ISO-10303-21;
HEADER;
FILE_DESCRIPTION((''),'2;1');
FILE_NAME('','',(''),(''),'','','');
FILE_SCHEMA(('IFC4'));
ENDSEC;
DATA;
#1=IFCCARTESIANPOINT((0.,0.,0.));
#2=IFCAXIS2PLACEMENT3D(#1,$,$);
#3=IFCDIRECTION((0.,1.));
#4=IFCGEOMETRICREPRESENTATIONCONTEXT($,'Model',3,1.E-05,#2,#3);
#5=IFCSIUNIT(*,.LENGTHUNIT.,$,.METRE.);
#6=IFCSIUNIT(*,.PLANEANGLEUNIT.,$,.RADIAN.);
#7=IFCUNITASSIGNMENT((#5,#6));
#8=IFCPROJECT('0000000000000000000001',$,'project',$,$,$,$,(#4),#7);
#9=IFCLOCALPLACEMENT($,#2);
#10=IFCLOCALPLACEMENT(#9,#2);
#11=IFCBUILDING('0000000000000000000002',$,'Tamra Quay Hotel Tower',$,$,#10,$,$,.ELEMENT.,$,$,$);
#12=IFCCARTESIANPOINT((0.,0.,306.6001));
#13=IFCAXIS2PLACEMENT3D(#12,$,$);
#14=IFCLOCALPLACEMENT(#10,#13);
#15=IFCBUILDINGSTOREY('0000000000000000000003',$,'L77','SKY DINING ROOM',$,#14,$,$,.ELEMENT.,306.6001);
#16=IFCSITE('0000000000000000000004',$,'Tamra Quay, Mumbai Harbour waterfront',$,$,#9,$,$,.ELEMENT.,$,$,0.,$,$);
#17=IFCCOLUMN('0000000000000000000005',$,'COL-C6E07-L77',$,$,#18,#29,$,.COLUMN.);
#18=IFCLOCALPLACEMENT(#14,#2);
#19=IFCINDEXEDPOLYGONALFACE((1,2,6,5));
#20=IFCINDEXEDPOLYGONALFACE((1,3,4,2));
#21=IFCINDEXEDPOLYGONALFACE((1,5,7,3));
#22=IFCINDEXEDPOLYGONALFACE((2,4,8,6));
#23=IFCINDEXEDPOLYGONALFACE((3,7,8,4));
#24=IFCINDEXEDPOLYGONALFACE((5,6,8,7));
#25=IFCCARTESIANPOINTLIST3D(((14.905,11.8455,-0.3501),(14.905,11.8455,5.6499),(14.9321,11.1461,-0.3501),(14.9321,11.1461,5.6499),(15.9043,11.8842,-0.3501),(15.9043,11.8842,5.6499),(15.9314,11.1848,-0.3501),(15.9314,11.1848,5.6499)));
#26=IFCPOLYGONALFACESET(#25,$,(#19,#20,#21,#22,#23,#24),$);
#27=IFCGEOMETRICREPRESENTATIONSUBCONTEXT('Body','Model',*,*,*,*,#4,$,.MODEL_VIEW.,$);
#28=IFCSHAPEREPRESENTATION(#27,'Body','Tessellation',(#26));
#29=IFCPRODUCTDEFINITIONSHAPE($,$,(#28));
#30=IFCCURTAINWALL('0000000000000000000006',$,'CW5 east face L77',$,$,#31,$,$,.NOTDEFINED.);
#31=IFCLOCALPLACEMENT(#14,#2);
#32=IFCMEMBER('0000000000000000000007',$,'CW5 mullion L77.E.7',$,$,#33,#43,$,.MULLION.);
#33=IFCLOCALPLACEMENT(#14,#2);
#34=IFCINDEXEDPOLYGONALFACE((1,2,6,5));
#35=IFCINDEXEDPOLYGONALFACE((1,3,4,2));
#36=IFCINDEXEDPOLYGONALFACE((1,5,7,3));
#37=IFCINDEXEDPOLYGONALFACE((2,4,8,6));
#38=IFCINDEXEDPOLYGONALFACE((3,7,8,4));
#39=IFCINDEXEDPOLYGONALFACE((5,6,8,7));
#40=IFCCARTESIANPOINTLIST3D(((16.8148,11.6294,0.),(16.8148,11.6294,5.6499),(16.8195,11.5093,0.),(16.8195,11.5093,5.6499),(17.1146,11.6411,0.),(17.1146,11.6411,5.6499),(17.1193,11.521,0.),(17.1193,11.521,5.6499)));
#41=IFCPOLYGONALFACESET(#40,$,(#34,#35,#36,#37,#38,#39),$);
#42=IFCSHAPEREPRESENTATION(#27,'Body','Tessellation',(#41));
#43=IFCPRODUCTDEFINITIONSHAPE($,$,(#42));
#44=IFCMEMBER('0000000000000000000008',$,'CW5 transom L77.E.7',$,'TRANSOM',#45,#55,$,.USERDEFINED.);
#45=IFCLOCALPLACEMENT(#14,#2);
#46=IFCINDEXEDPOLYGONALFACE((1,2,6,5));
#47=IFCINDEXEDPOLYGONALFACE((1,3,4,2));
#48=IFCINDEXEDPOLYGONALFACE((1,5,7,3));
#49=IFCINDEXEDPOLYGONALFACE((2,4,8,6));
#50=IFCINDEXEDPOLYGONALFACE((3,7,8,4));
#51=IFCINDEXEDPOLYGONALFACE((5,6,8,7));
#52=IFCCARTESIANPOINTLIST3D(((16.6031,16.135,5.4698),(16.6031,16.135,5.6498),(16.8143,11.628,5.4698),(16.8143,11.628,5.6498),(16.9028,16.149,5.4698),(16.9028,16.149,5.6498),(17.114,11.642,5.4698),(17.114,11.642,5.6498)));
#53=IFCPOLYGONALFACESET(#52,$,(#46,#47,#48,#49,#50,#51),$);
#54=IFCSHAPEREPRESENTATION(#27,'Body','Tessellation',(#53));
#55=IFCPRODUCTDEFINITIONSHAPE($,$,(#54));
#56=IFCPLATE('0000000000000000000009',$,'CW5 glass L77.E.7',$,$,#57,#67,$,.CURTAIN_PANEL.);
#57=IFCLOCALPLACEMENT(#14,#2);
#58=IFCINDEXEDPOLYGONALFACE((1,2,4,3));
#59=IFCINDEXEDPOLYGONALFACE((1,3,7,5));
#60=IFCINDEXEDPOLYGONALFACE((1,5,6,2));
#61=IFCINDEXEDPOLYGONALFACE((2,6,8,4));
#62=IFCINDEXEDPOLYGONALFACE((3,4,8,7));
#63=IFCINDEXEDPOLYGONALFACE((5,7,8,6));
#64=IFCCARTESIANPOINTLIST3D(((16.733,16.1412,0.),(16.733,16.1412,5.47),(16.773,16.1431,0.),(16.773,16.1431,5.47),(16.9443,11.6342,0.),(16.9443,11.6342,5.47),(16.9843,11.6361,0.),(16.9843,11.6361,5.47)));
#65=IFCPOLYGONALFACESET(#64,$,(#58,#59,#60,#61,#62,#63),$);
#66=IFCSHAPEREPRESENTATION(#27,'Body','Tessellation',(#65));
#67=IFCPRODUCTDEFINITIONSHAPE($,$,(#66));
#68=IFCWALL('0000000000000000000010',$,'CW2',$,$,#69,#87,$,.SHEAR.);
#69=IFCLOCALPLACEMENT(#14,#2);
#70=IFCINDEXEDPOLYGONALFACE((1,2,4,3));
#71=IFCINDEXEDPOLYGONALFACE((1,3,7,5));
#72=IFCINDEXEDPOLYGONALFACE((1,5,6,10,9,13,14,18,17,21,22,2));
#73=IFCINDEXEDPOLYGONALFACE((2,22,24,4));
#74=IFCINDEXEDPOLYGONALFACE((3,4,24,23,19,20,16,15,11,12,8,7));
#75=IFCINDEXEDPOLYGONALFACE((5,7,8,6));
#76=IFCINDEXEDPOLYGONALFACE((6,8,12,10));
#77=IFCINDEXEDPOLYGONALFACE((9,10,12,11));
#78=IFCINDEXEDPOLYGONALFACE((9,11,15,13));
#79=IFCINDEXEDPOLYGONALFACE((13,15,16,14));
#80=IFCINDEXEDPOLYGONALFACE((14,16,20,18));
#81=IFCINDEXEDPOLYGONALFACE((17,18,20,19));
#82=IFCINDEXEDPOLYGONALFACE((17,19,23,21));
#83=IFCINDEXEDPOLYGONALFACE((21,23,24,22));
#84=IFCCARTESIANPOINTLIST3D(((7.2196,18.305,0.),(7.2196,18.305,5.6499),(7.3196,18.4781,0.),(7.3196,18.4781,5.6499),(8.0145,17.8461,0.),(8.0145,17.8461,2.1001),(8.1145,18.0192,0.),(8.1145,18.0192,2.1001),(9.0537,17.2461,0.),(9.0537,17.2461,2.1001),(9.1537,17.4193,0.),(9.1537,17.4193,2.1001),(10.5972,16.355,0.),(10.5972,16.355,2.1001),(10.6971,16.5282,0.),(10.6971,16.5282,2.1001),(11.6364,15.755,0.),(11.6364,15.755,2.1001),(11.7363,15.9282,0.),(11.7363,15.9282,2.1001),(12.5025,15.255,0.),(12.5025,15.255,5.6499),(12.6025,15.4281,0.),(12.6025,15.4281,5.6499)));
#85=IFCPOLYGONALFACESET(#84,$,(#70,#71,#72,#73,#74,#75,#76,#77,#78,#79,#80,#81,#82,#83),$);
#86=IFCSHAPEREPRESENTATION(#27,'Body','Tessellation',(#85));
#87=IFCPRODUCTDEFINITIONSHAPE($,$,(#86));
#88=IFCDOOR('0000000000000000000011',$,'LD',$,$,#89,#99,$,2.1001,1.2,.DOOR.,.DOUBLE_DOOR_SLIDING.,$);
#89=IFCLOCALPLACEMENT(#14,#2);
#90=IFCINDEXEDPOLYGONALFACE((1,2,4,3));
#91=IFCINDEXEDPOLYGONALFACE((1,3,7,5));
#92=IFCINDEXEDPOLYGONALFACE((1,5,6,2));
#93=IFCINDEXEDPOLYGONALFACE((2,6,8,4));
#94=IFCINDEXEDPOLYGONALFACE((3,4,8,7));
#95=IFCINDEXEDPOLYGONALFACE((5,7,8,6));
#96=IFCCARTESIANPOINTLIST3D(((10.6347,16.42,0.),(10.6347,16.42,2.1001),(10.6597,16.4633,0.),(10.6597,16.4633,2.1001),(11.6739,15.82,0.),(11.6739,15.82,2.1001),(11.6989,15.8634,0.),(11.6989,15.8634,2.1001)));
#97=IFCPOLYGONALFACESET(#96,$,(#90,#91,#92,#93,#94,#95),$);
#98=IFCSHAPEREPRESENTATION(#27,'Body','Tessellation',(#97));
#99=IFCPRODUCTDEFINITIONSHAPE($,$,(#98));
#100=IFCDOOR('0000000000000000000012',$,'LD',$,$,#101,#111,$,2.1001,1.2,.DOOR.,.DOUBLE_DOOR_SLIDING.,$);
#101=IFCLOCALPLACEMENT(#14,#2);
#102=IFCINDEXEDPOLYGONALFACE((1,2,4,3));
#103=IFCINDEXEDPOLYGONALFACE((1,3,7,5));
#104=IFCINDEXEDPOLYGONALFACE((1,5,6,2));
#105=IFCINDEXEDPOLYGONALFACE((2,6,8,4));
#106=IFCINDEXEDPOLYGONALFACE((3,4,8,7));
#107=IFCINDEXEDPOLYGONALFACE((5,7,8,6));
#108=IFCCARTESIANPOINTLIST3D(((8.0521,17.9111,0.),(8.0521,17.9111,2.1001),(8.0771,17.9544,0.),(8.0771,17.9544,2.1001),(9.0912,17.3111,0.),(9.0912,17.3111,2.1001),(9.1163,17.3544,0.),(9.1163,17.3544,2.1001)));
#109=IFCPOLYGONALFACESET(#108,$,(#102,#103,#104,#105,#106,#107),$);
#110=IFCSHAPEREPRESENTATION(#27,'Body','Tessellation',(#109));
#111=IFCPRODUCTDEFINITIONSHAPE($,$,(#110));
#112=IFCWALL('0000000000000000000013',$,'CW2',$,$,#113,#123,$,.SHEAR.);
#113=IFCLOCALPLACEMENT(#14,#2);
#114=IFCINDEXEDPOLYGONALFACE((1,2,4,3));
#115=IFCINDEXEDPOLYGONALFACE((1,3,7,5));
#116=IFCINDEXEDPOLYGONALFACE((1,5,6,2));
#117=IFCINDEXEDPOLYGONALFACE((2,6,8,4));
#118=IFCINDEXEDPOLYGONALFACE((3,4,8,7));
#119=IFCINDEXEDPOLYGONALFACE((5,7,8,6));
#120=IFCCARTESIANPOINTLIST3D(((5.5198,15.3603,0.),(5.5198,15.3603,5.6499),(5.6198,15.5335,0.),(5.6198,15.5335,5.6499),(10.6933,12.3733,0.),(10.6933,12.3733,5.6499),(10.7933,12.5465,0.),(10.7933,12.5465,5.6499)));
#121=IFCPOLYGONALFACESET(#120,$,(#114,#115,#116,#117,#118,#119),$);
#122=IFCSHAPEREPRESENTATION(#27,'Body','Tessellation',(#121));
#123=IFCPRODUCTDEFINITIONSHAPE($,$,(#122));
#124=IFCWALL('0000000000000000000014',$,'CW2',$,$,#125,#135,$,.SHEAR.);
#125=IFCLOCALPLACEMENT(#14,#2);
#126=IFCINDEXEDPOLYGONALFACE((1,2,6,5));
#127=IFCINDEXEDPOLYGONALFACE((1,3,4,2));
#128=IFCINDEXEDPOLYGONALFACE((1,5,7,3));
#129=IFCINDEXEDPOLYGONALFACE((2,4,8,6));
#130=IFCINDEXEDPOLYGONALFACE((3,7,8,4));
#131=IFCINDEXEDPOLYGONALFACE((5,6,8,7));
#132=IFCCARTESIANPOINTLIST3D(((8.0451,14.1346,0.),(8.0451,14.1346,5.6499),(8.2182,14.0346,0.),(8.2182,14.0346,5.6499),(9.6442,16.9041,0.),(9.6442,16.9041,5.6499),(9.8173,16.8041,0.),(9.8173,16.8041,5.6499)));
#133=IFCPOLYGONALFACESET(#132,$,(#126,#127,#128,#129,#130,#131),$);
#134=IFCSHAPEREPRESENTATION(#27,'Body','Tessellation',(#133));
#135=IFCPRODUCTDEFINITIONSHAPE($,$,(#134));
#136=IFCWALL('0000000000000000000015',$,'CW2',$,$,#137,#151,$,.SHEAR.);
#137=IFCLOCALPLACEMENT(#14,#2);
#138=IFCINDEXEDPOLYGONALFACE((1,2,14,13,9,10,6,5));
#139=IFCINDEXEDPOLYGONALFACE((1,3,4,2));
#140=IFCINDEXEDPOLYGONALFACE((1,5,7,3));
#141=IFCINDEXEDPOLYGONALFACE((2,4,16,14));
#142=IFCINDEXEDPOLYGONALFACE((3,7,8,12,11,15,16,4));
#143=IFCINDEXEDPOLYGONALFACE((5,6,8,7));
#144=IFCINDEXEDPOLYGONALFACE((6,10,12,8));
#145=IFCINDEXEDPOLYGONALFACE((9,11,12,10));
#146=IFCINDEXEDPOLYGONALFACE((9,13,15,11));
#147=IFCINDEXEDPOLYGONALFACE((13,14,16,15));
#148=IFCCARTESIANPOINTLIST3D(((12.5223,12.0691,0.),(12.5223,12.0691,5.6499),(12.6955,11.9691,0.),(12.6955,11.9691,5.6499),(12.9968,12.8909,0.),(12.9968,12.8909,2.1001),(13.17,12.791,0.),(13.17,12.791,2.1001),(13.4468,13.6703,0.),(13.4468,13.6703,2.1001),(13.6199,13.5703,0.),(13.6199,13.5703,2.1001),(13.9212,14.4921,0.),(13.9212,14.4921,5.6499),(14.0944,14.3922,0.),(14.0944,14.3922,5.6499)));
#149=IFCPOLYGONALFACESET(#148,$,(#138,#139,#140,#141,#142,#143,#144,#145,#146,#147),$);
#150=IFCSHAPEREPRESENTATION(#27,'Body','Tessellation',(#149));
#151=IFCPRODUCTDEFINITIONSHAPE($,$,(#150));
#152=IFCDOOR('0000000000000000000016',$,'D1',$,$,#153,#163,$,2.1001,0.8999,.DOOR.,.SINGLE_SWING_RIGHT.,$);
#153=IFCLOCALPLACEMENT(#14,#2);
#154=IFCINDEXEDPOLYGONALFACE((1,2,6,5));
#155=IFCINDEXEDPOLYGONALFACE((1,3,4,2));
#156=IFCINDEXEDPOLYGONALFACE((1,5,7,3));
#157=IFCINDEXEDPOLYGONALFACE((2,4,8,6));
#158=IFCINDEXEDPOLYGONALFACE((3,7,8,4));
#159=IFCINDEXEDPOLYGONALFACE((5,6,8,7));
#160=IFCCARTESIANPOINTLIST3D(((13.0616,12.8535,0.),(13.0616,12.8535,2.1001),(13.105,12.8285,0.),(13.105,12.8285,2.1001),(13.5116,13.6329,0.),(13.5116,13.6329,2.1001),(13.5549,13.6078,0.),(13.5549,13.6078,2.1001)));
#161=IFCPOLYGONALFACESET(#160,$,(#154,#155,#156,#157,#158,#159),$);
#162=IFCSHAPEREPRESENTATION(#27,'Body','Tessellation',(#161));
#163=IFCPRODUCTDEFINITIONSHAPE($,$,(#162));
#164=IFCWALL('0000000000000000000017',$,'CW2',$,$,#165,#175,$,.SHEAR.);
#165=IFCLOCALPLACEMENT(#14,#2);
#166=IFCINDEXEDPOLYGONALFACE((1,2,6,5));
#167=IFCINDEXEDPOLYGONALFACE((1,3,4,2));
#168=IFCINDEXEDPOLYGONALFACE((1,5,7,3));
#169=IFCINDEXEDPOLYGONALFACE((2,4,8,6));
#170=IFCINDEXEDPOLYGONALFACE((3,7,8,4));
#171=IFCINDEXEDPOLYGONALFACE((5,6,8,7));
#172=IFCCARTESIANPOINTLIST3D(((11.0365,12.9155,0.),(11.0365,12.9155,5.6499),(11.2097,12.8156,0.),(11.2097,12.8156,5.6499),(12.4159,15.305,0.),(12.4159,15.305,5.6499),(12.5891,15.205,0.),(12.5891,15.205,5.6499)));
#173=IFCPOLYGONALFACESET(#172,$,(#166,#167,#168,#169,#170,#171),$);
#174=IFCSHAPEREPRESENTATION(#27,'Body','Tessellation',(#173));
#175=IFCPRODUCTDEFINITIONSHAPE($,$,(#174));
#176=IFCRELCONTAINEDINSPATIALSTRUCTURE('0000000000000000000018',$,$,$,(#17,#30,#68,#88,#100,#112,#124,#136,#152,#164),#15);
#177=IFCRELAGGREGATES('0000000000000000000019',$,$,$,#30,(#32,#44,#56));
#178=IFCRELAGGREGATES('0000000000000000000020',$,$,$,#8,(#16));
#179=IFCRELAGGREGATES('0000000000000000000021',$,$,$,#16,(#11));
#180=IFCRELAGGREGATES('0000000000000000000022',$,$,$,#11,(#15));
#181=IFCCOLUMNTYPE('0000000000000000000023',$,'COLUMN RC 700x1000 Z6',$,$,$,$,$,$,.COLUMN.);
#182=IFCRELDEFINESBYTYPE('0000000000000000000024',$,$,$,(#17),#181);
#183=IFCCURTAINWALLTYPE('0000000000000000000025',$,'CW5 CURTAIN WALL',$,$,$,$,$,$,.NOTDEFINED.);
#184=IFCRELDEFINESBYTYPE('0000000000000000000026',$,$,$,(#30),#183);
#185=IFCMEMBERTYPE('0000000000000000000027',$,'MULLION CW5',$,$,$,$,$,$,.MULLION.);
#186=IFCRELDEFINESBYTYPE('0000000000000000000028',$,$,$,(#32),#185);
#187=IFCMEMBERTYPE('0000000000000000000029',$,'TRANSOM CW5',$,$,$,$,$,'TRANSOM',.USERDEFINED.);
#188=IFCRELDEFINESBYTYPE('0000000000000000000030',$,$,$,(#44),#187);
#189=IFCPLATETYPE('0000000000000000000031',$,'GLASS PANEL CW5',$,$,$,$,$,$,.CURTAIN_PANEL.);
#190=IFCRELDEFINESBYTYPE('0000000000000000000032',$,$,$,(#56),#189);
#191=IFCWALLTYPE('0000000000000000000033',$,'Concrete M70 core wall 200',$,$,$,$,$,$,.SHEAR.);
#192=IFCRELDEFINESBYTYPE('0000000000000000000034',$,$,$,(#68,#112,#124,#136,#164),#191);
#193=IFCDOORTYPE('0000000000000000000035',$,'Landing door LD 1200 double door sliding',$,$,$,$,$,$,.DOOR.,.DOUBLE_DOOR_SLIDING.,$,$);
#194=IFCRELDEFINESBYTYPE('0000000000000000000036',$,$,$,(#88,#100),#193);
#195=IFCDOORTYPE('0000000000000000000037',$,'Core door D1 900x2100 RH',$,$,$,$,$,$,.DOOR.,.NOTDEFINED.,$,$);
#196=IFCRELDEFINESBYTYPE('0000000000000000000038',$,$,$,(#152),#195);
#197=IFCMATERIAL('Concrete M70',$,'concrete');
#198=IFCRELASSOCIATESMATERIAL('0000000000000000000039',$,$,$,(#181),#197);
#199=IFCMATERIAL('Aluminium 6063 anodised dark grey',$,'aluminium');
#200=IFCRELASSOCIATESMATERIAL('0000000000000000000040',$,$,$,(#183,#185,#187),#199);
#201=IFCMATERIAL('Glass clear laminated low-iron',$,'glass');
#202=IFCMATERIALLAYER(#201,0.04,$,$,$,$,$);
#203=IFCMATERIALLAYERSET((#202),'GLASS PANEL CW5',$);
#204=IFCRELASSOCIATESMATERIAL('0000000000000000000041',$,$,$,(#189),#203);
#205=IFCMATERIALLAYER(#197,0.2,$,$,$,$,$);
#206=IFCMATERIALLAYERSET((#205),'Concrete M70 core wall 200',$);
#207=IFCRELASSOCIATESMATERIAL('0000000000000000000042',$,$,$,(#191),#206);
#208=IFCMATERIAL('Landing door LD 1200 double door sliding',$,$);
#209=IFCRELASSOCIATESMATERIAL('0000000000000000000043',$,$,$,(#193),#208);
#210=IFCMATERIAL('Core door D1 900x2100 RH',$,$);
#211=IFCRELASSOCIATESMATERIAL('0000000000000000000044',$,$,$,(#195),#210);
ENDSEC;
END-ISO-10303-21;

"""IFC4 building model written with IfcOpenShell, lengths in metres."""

from ifc_helpers import new_model, si_unit, direction, frame, frame_2d, origin, origin_2d, place, context, subcontext, project, spatial, rectangle, extrude, material, layer, layer_set, material_profile, profile_set, type_object, element, fill, aggregate, save


model = new_model("IFC4")

# Units and contexts
model_context = context("Model", 3, precision=1e-05, world=origin(), true_north=direction((0.0, 1.0)))
body_context = subcontext(model_context, "Body", "Model", "MODEL_VIEW")
ifc_project = project(units=[si_unit("LENGTHUNIT", "METRE"), si_unit("PLANEANGLEUNIT", "RADIAN")], contexts=[model_context])

# Site, building, storey
site_placement = place(None, origin())
site = spatial("IfcSite", under=ifc_project, at=site_placement, Name="Tamra Quay, Mumbai Harbour waterfront", CompositionType="ELEMENT", RefElevation=0.0)
building_placement = place(site_placement, origin())
building = spatial("IfcBuilding", under=site, at=building_placement, Name="Tamra Quay Hotel Tower", CompositionType="ELEMENT")
storey_placement = place(building_placement, frame((0.0, 0.0, 306.6001)))
storey = spatial("IfcBuildingStorey", under=building, at=storey_placement, Name="L77", Description="SKY DINING ROOM", CompositionType="ELEMENT", Elevation=306.6001)

# Column
ifc_material_1 = material(Name="Concrete M70", Category="concrete")
ifc_material_profile_1 = material_profile(ifc_material_1, rectangle(XDim=1.0, YDim=0.7, at=origin_2d()), Name="COLUMN RC 700x1000 Z6")
ifc_profile_set_1 = profile_set([ifc_material_profile_1], Name="Concrete M70")
column_type = type_object("IfcColumnType", Name="COLUMN RC 700x1000 Z6", PredefinedType="COLUMN", material=ifc_profile_set_1)
column_placement = place(storey_placement, frame((15.4182, 11.5151, -0.3501), z_axis=(0.0, 0.0, 1.0), x_axis=(0.999251, 0.038691, 0.0)))
element("IfcColumn", 1, at=column_placement, inside=storey, type_object=column_type, Name="COL-C6E07-L77", PredefinedType="COLUMN", context=body_context, shape_type="SweptSolid", body=[
    extrude(rectangle(XDim=1.0, YDim=0.7, at=origin_2d()), origin(), (0.0, 0.0, 1.0), 6.0),
])

# Curtain wall, members, plate
ifc_material_2 = material(Name="Aluminium 6063 anodised dark grey", Category="aluminium")
curtain_wall_type = type_object("IfcCurtainWallType", Name="CW5 CURTAIN WALL", PredefinedType="NOTDEFINED", material=ifc_material_2)
curtain_wall_placement = place(storey_placement, origin())
curtain_wall = element("IfcCurtainWall", 2, at=curtain_wall_placement, inside=storey, type_object=curtain_wall_type, Name="CW5 east face L77", PredefinedType="NOTDEFINED")
ifc_material_profile_2 = material_profile(ifc_material_2, rectangle(XDim=0.3, YDim=0.1201, at=origin_2d()), Name="MULLION 120X300")
ifc_profile_set_2 = profile_set([ifc_material_profile_2], Name="Aluminium 6063 anodised dark grey")
member_type_1 = type_object("IfcMemberType", Name="MULLION CW5", PredefinedType="MULLION", material=ifc_profile_set_2)
member_1_placement = place(storey_placement, frame((16.967, 11.5752, 0.0), z_axis=(0.0, 0.0, 1.0), x_axis=(0.999238, 0.039033, 0.0)))
member_1 = element("IfcMember", 3, at=member_1_placement, type_object=member_type_1, Name="CW5 mullion L77.E.7", PredefinedType="MULLION", context=body_context, shape_type="SweptSolid", body=[
    extrude(rectangle(XDim=0.3, YDim=0.1201, at=origin_2d()), origin(), (0.0, 0.0, 1.0), 5.6499),
])
ifc_material_profile_3 = material_profile(ifc_material_2, rectangle(XDim=0.3, YDim=0.1799, at=origin_2d()), Name="TRANSOM 300X180")
ifc_profile_set_3 = profile_set([ifc_material_profile_3], Name="Aluminium 6063 anodised dark grey")
member_type_2 = type_object("IfcMemberType", Name="TRANSOM CW5", ElementType="TRANSOM", PredefinedType="USERDEFINED", material=ifc_profile_set_3)
member_2_placement = place(storey_placement, frame((16.9641, 11.635, 5.5598), z_axis=(-0.046804, 0.998904, 0.0), x_axis=(-0.998904, -0.046804, 0.0)))
member_2 = element("IfcMember", 4, at=member_2_placement, type_object=member_type_2, Name="CW5 transom L77.E.7", ObjectType="TRANSOM", PredefinedType="USERDEFINED", context=body_context, shape_type="SweptSolid", body=[
    extrude(rectangle(XDim=0.3, YDim=0.1799, at=origin_2d()), origin(), (0.0, 0.0, 1.0), 4.512),
])
ifc_material_3 = material(Name="Glass clear laminated low-iron", Category="glass")
ifc_layer_1 = layer(ifc_material_3, 0.04)
ifc_layer_set_1 = layer_set([ifc_layer_1], Name="GLASS PANEL CW5")
plate_type = type_object("IfcPlateType", Name="GLASS PANEL CW5", PredefinedType="CURTAIN_PANEL", material=ifc_layer_set_1)
plate_placement = place(storey_placement, frame((16.8586, 13.8887, 0.0), z_axis=(0.0, 0.0, 1.0), x_axis=(-0.046821, 0.998903, 0.0)))
plate = element("IfcPlate", 5, at=plate_placement, type_object=plate_type, Name="CW5 glass L77.E.7", PredefinedType="CURTAIN_PANEL", context=body_context, shape_type="SweptSolid", body=[
    extrude(rectangle(XDim=4.512, YDim=0.04, at=origin_2d()), origin(), (0.0, 0.0, 1.0), 5.47),
])
aggregate(curtain_wall, [member_1, member_2, plate])

# Wall, openings, doors
ifc_layer_2 = layer(ifc_material_1, 0.2)
ifc_layer_set_2 = layer_set([ifc_layer_2], Name="Concrete M70 core wall 200")
wall_type_1 = type_object("IfcWallType", Name="Concrete M70 core wall 200", PredefinedType="SHEAR", material=ifc_layer_set_2)
wall_1_placement = place(storey_placement, frame((12.5525, 15.3416, 0.0), z_axis=(0.0, 0.0, 1.0), x_axis=(-0.86603, 0.499992, 0.0)))
wall_1 = element("IfcWall", 6, at=wall_1_placement, inside=storey, type_object=wall_type_1, Name="CW2", PredefinedType="SHEAR", context=body_context, shape_type="SweptSolid", body=[
    extrude(rectangle(XDim=6.1001, YDim=0.2, at=frame_2d((3.05, 0.0))), origin(), (0.0, 0.0, 1.0), 5.6499),
])
opening_1_placement = place(wall_1_placement, frame((1.0, 0.0, 0.0)))
opening_1 = element("IfcOpeningElement", 7, at=opening_1_placement, cuts=wall_1, PredefinedType="OPENING", context=body_context, shape_type="SweptSolid", body=[
    extrude(rectangle(XDim=1.2, YDim=2.1001, at=frame_2d((0.6001, 1.05))), frame((0.0, 0.1099, 0.0), z_axis=(0.0, -1.0, 0.0), x_axis=(1.0, 0.0, 0.0)), (0.0, 0.0, 1.0), 0.22),
])
opening_2_placement = place(wall_1_placement, frame((3.9822, 0.0, 0.0)))
opening_2 = element("IfcOpeningElement", 8, at=opening_2_placement, cuts=wall_1, PredefinedType="OPENING", context=body_context, shape_type="SweptSolid", body=[
    extrude(rectangle(XDim=1.2, YDim=2.1001, at=frame_2d((0.6001, 1.05))), frame((0.0, 0.1099, 0.0), z_axis=(0.0, -1.0, 0.0), x_axis=(1.0, 0.0, 0.0)), (0.0, 0.0, 1.0), 0.22),
])
ifc_material_4 = material(Name="Landing door LD 1200 double door sliding")
door_type_1 = type_object("IfcDoorType", Name="Landing door LD 1200 double door sliding", OperationType="DOUBLE_DOOR_SLIDING", PredefinedType="DOOR", material=ifc_material_4)
door_1_placement = place(opening_1_placement, origin())
door_1 = element("IfcDoor", 9, at=door_1_placement, inside=storey, type_object=door_type_1, Name="LD", OperationType="DOUBLE_DOOR_SLIDING", OverallHeight=2.1001, OverallWidth=1.2, PredefinedType="DOOR", context=body_context, shape_type="SweptSolid", body=[
    extrude(rectangle(XDim=1.2, YDim=2.1001, at=frame_2d((0.6001, 1.05))), frame((0.0, 0.0249, 0.0), z_axis=(0.0, -1.0, 0.0), x_axis=(1.0, 0.0, 0.0)), (0.0, 0.0, 1.0), 0.05),
])
fill(opening_1, door_1)
door_2_placement = place(opening_2_placement, origin())
door_2 = element("IfcDoor", 10, at=door_2_placement, inside=storey, type_object=door_type_1, Name="LD", OperationType="DOUBLE_DOOR_SLIDING", OverallHeight=2.1001, OverallWidth=1.2, PredefinedType="DOOR", context=body_context, shape_type="SweptSolid", body=[
    extrude(rectangle(XDim=1.2, YDim=2.1001, at=frame_2d((0.6001, 1.05))), frame((0.0, 0.0249, 0.0), z_axis=(0.0, -1.0, 0.0), x_axis=(1.0, 0.0, 0.0)), (0.0, 0.0, 1.0), 0.05),
])
fill(opening_2, door_2)

# Walls
wall_2_placement = place(storey_placement, frame((10.7432, 12.46, 0.0), z_axis=(0.0, 0.0, 1.0), x_axis=(-0.866019, 0.500011, 0.0)))
element("IfcWall", 11, at=wall_2_placement, inside=storey, type_object=wall_type_1, Name="CW2", PredefinedType="SHEAR", context=body_context, shape_type="SweptSolid", body=[
    extrude(rectangle(XDim=5.9739, YDim=0.2, at=frame_2d((2.9868, 0.0))), origin(), (0.0, 0.0, 1.0), 5.6499),
])
wall_3_placement = place(storey_placement, frame((8.1316, 14.0845, 0.0), z_axis=(0.0, 0.0, 1.0), x_axis=(0.500031, 0.866008, 0.0)))
element("IfcWall", 12, at=wall_3_placement, inside=storey, type_object=wall_type_1, Name="CW2", PredefinedType="SHEAR", context=body_context, shape_type="SweptSolid", body=[
    extrude(rectangle(XDim=3.198, YDim=0.2, at=frame_2d((1.5991, 0.0))), origin(), (0.0, 0.0, 1.0), 5.6499),
])

# Wall, opening, door
wall_4_placement = place(storey_placement, frame((14.0078, 14.4421, 0.0), z_axis=(0.0, 0.0, 1.0), x_axis=(-0.499987, -0.866033, 0.0)))
wall_4 = element("IfcWall", 13, at=wall_4_placement, inside=storey, type_object=wall_type_1, Name="CW2", PredefinedType="SHEAR", context=body_context, shape_type="SweptSolid", body=[
    extrude(rectangle(XDim=2.7979, YDim=0.2, at=frame_2d((1.3989, 0.0))), origin(), (0.0, 0.0, 1.0), 5.6499),
])
opening_3_placement = place(wall_4_placement, frame((0.949, 0.0, 0.0)))
opening_3 = element("IfcOpeningElement", 14, at=opening_3_placement, cuts=wall_4, PredefinedType="OPENING", context=body_context, shape_type="SweptSolid", body=[
    extrude(rectangle(XDim=0.8999, YDim=2.1001, at=frame_2d((0.45, 1.05))), frame((0.0, 0.1099, 0.0), z_axis=(0.0, -1.0, 0.0), x_axis=(1.0, 0.0, 0.0)), (0.0, 0.0, 1.0), 0.22),
])
ifc_material_5 = material(Name="Core door D1 900x2100 RH")
door_type_2 = type_object("IfcDoorType", Name="Core door D1 900x2100 RH", OperationType="NOTDEFINED", PredefinedType="DOOR", material=ifc_material_5)
door_3_placement = place(opening_3_placement, origin())
door_3 = element("IfcDoor", 15, at=door_3_placement, inside=storey, type_object=door_type_2, Name="D1", OperationType="SINGLE_SWING_RIGHT", OverallHeight=2.1001, OverallWidth=0.8999, PredefinedType="DOOR", context=body_context, shape_type="SweptSolid", body=[
    extrude(rectangle(XDim=0.8999, YDim=2.1001, at=frame_2d((0.45, 1.05))), frame((0.0, 0.0249, 0.0), z_axis=(0.0, -1.0, 0.0), x_axis=(1.0, 0.0, 0.0)), (0.0, 0.0, 1.0), 0.05),
])
fill(opening_3, door_3)

# Wall
wall_5_placement = place(storey_placement, frame((12.5024, 15.2549, 0.0), z_axis=(0.0, 0.0, 1.0), x_axis=(-0.499965, -0.866046, 0.0)))
element("IfcWall", 16, at=wall_5_placement, inside=storey, type_object=wall_type_1, Name="CW2", PredefinedType="SHEAR", context=body_context, shape_type="SweptSolid", body=[
    extrude(rectangle(XDim=2.759, YDim=0.2, at=frame_2d((1.3794, 0.0))), origin(), (0.0, 0.0, 1.0), 5.6499),
])

save(model, "model.ifc")
